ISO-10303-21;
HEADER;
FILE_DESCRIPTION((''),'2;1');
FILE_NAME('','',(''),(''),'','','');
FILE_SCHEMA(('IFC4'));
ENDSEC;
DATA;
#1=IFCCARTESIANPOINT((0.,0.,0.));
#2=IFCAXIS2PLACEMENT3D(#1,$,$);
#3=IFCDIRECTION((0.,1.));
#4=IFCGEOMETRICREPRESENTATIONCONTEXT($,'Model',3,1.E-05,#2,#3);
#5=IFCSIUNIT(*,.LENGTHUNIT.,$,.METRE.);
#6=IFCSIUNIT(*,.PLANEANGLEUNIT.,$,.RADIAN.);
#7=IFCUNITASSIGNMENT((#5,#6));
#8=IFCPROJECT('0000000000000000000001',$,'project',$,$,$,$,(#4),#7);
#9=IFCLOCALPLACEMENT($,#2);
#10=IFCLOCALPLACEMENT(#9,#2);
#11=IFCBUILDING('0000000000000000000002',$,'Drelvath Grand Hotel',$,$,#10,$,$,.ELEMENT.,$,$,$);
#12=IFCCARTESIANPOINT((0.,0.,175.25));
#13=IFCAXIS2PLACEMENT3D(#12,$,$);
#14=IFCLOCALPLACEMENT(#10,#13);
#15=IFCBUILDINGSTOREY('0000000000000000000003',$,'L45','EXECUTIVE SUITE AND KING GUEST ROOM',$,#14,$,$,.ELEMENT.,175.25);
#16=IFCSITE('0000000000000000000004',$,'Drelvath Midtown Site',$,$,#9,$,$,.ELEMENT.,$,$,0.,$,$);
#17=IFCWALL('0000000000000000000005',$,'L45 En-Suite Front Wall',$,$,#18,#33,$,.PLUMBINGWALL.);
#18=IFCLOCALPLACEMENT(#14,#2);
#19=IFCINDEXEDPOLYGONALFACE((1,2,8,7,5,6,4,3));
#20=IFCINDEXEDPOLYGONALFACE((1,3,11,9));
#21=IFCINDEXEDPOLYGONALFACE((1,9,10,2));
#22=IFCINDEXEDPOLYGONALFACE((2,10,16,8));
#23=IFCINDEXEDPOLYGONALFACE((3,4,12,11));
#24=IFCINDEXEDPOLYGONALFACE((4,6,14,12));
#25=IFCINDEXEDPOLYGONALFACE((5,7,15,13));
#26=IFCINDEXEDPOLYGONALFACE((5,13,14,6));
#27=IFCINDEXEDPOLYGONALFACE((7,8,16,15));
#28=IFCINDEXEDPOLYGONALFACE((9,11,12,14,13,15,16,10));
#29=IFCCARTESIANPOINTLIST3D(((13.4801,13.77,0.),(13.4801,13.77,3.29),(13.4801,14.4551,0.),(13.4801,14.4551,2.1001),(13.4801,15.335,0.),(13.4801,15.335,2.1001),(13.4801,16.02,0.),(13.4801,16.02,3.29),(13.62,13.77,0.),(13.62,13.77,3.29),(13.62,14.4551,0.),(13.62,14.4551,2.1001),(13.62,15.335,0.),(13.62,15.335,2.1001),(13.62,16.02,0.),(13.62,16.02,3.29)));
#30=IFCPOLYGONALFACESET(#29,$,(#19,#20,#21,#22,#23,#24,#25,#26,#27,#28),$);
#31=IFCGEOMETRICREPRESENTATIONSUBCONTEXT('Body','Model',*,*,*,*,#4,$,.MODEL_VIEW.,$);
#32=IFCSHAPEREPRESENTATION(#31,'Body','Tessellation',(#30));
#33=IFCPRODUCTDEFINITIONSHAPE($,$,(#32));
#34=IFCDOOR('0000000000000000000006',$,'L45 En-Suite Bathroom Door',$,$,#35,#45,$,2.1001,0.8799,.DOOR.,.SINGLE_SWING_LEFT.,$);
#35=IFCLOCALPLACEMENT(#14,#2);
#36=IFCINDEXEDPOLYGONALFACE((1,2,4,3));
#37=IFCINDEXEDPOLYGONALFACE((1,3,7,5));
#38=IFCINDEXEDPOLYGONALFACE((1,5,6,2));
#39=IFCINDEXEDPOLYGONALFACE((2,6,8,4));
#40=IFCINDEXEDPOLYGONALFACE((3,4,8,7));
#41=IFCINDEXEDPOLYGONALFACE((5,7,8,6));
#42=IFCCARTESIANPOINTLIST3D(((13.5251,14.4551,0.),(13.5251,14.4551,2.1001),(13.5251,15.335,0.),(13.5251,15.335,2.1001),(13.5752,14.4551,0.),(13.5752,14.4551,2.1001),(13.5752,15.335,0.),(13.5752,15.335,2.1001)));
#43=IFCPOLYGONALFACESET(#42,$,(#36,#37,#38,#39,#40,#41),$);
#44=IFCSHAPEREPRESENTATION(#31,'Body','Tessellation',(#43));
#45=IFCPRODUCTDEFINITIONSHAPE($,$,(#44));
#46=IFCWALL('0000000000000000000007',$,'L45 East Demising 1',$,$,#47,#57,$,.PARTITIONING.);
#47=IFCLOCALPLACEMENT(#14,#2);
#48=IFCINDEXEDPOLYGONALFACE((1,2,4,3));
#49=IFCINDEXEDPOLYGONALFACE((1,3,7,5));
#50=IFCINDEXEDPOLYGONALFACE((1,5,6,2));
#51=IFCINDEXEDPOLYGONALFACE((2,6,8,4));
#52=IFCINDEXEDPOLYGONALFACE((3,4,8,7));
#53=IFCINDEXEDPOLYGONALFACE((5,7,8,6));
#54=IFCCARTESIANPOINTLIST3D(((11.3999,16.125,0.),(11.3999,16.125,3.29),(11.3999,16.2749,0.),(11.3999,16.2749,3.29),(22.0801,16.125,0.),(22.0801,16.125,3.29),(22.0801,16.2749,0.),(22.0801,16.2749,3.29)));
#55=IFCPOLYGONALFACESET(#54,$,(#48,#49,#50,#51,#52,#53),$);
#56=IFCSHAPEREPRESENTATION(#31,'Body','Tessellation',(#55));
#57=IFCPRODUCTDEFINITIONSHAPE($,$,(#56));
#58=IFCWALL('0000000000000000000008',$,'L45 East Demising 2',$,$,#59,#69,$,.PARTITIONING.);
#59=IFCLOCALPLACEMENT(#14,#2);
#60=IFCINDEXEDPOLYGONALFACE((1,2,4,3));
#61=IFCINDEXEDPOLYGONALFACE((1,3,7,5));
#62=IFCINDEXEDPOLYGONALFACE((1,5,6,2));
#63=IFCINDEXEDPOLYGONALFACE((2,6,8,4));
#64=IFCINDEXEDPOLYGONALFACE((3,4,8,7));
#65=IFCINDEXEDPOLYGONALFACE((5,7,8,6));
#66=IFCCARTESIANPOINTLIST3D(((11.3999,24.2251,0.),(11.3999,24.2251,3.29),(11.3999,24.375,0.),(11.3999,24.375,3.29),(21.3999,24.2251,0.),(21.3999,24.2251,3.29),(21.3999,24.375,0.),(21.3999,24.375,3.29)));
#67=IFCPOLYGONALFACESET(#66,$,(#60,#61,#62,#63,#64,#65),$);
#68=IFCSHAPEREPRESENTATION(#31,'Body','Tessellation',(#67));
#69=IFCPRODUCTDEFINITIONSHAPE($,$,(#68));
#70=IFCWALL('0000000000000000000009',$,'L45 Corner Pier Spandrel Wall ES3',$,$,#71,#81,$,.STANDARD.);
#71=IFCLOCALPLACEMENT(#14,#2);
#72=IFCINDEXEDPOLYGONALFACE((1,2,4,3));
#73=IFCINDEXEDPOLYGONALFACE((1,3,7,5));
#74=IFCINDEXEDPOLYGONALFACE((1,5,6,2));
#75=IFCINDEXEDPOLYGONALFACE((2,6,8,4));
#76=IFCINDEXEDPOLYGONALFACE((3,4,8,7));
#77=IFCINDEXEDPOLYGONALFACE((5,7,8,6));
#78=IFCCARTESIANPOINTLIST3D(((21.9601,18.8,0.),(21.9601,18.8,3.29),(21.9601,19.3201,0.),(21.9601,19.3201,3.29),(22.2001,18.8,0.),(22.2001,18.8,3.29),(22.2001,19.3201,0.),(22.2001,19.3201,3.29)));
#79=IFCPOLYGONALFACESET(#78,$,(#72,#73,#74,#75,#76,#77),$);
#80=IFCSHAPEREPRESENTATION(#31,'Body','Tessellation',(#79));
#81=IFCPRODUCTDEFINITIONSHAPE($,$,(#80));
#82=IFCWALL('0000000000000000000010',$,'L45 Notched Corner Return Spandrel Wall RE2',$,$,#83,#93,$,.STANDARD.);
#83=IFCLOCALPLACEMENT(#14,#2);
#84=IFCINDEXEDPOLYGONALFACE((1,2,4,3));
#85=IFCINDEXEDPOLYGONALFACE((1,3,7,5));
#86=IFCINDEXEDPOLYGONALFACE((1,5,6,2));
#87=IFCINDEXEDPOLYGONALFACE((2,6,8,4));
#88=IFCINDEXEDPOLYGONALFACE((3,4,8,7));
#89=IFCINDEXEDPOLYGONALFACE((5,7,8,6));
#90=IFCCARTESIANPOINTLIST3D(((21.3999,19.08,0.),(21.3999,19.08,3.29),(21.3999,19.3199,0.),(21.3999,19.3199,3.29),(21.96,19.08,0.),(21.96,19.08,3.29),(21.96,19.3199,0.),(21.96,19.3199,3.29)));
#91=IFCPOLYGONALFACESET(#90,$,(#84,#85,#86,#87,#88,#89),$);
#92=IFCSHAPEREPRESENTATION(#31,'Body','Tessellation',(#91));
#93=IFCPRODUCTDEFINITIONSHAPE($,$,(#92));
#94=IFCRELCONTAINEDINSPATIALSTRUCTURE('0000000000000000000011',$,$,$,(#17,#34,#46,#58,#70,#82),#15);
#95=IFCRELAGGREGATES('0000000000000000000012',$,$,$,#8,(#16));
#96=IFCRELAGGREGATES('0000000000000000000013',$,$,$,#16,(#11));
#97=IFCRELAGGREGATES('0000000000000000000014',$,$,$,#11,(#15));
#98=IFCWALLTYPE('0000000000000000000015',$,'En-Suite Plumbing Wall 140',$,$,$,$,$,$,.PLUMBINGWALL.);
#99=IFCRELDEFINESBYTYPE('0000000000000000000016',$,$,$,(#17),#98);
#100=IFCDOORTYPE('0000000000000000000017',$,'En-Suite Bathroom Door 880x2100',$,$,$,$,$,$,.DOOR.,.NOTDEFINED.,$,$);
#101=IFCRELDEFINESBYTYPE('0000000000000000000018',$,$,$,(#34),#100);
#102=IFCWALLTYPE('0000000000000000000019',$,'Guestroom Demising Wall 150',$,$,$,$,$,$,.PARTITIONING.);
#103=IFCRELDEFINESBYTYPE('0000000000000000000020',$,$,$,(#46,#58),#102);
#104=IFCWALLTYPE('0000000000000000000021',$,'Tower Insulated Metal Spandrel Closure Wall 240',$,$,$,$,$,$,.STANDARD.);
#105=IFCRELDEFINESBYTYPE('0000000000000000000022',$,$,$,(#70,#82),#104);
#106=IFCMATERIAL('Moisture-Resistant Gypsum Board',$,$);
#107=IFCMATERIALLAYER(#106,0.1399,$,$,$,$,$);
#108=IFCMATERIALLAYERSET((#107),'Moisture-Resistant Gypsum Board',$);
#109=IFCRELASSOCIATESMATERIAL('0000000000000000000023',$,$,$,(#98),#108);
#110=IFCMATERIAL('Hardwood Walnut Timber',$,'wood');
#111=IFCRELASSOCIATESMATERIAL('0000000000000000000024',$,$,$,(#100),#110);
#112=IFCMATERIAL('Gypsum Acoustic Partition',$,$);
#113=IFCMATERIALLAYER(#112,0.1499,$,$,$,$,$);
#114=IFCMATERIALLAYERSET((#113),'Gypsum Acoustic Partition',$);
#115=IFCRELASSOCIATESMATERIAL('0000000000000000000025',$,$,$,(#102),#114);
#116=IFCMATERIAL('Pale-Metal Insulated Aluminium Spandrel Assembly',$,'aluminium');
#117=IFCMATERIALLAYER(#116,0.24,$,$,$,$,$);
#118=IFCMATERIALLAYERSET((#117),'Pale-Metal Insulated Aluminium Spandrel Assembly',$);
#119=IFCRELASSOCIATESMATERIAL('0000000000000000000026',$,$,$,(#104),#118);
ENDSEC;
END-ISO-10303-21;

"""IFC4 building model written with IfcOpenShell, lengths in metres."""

from ifc_helpers import new_model, si_unit, direction, frame, frame_2d, origin, place, context, subcontext, project, spatial, rectangle, extrude, material, layer, layer_set, type_object, element, fill, save


model = new_model("IFC4")

# Units and contexts
model_context = context("Model", 3, precision=1e-05, world=origin(), true_north=direction((0.0, 1.0)))
body_context = subcontext(model_context, "Body", "Model", "MODEL_VIEW")
ifc_project = project(units=[si_unit("LENGTHUNIT", "METRE"), si_unit("PLANEANGLEUNIT", "RADIAN")], contexts=[model_context])

# Site, building, storey
site_placement = place(None, origin())
site = spatial("IfcSite", under=ifc_project, at=site_placement, Name="Drelvath Midtown Site", CompositionType="ELEMENT", RefElevation=0.0)
building_placement = place(site_placement, origin())
building = spatial("IfcBuilding", under=site, at=building_placement, Name="Drelvath Grand Hotel", CompositionType="ELEMENT")
storey_placement = place(building_placement, frame((0.0, 0.0, 175.25)))
storey = spatial("IfcBuildingStorey", under=building, at=storey_placement, Name="L45", Description="EXECUTIVE SUITE AND KING GUEST ROOM", CompositionType="ELEMENT", Elevation=175.25)

# Wall, opening, door
ifc_material_1 = material(Name="Moisture-Resistant Gypsum Board")
ifc_layer_1 = layer(ifc_material_1, 0.1399)
ifc_layer_set_1 = layer_set([ifc_layer_1], Name="Moisture-Resistant Gypsum Board")
wall_type_1 = type_object("IfcWallType", Name="En-Suite Plumbing Wall 140", PredefinedType="PLUMBINGWALL", material=ifc_layer_set_1)
wall_1_placement = place(storey_placement, frame((13.55, 13.77, 0.0), z_axis=(0.0, 0.0, 1.0), x_axis=(0.0, 1.0, 0.0)))
wall_1 = element("IfcWall", 1, at=wall_1_placement, inside=storey, type_object=wall_type_1, Name="L45 En-Suite Front Wall", PredefinedType="PLUMBINGWALL", context=body_context, shape_type="SweptSolid", body=[
    extrude(rectangle(XDim=2.25, YDim=0.1399, at=frame_2d((1.125, 0.0))), origin(), (0.0, 0.0, 1.0), 3.29),
])
opening_placement = place(wall_1_placement, frame((0.6851, 0.0, 0.0)))
opening = element("IfcOpeningElement", 2, at=opening_placement, cuts=wall_1, PredefinedType="OPENING", context=body_context, shape_type="SweptSolid", body=[
    extrude(rectangle(XDim=0.8799, YDim=2.1001, at=frame_2d((0.4399, 1.05))), frame((0.0, 0.0798, 0.0), z_axis=(0.0, -1.0, 0.0), x_axis=(1.0, 0.0, 0.0)), (0.0, 0.0, 1.0), 0.1599),
])
ifc_material_2 = material(Name="Hardwood Walnut Timber", Category="wood")
door_type = type_object("IfcDoorType", Name="En-Suite Bathroom Door 880x2100", OperationType="NOTDEFINED", PredefinedType="DOOR", material=ifc_material_2)
door_placement = place(opening_placement, origin())
door = element("IfcDoor", 3, at=door_placement, inside=storey, type_object=door_type, Name="L45 En-Suite Bathroom Door", OperationType="SINGLE_SWING_LEFT", OverallHeight=2.1001, OverallWidth=0.8799, PredefinedType="DOOR", context=body_context, shape_type="SweptSolid", body=[
    extrude(rectangle(XDim=0.8799, YDim=2.1001, at=frame_2d((0.4399, 1.05))), frame((0.0, 0.0249, 0.0), z_axis=(0.0, -1.0, 0.0), x_axis=(1.0, 0.0, 0.0)), (0.0, 0.0, 1.0), 0.05),
])
fill(opening, door)

# Walls
ifc_material_3 = material(Name="Gypsum Acoustic Partition")
ifc_layer_2 = layer(ifc_material_3, 0.1499)
ifc_layer_set_2 = layer_set([ifc_layer_2], Name="Gypsum Acoustic Partition")
wall_type_2 = type_object("IfcWallType", Name="Guestroom Demising Wall 150", PredefinedType="PARTITIONING", material=ifc_layer_set_2)
wall_2_placement = place(storey_placement, frame((11.3999, 16.2, 0.0), z_axis=(0.0, 0.0, 1.0), x_axis=(1.0, 0.0, 0.0)))
element("IfcWall", 4, at=wall_2_placement, inside=storey, type_object=wall_type_2, Name="L45 East Demising 1", PredefinedType="PARTITIONING", context=body_context, shape_type="SweptSolid", body=[
    extrude(rectangle(XDim=10.6802, YDim=0.1499, at=frame_2d((5.3401, 0.0))), origin(), (0.0, 0.0, 1.0), 3.29),
])
wall_3_placement = place(storey_placement, frame((11.3999, 24.3, 0.0), z_axis=(0.0, 0.0, 1.0), x_axis=(1.0, 0.0, 0.0)))
element("IfcWall", 5, at=wall_3_placement, inside=storey, type_object=wall_type_2, Name="L45 East Demising 2", PredefinedType="PARTITIONING", context=body_context, shape_type="SweptSolid", body=[
    extrude(rectangle(XDim=10.0, YDim=0.1499, at=frame_2d((5.0, 0.0))), origin(), (0.0, 0.0, 1.0), 3.29),
])
ifc_material_4 = material(Name="Pale-Metal Insulated Aluminium Spandrel Assembly", Category="aluminium")
ifc_layer_3 = layer(ifc_material_4, 0.24)
ifc_layer_set_3 = layer_set([ifc_layer_3], Name="Pale-Metal Insulated Aluminium Spandrel Assembly")
wall_type_3 = type_object("IfcWallType", Name="Tower Insulated Metal Spandrel Closure Wall 240", PredefinedType="STANDARD", material=ifc_layer_set_3)
wall_4_placement = place(storey_placement, frame((22.0801, 19.3201, 0.0), z_axis=(0.0, 0.0, 1.0), x_axis=(0.0, -1.0, 0.0)))
element("IfcWall", 6, at=wall_4_placement, inside=storey, type_object=wall_type_3, Name="L45 Corner Pier Spandrel Wall ES3", PredefinedType="STANDARD", context=body_context, shape_type="SweptSolid", body=[
    extrude(rectangle(XDim=0.52, YDim=0.24, at=frame_2d((0.26, 0.0))), origin(), (0.0, 0.0, 1.0), 3.29),
])
wall_5_placement = place(storey_placement, frame((21.3999, 19.2, 0.0), z_axis=(0.0, 0.0, 1.0), x_axis=(1.0, 0.0, 0.0)))
element("IfcWall", 7, at=wall_5_placement, inside=storey, type_object=wall_type_3, Name="L45 Notched Corner Return Spandrel Wall RE2", PredefinedType="STANDARD", context=body_context, shape_type="SweptSolid", body=[
    extrude(rectangle(XDim=0.5601, YDim=0.24, at=frame_2d((0.28, 0.0))), origin(), (0.0, 0.0, 1.0), 3.29),
])

save(model, "model.ifc")
